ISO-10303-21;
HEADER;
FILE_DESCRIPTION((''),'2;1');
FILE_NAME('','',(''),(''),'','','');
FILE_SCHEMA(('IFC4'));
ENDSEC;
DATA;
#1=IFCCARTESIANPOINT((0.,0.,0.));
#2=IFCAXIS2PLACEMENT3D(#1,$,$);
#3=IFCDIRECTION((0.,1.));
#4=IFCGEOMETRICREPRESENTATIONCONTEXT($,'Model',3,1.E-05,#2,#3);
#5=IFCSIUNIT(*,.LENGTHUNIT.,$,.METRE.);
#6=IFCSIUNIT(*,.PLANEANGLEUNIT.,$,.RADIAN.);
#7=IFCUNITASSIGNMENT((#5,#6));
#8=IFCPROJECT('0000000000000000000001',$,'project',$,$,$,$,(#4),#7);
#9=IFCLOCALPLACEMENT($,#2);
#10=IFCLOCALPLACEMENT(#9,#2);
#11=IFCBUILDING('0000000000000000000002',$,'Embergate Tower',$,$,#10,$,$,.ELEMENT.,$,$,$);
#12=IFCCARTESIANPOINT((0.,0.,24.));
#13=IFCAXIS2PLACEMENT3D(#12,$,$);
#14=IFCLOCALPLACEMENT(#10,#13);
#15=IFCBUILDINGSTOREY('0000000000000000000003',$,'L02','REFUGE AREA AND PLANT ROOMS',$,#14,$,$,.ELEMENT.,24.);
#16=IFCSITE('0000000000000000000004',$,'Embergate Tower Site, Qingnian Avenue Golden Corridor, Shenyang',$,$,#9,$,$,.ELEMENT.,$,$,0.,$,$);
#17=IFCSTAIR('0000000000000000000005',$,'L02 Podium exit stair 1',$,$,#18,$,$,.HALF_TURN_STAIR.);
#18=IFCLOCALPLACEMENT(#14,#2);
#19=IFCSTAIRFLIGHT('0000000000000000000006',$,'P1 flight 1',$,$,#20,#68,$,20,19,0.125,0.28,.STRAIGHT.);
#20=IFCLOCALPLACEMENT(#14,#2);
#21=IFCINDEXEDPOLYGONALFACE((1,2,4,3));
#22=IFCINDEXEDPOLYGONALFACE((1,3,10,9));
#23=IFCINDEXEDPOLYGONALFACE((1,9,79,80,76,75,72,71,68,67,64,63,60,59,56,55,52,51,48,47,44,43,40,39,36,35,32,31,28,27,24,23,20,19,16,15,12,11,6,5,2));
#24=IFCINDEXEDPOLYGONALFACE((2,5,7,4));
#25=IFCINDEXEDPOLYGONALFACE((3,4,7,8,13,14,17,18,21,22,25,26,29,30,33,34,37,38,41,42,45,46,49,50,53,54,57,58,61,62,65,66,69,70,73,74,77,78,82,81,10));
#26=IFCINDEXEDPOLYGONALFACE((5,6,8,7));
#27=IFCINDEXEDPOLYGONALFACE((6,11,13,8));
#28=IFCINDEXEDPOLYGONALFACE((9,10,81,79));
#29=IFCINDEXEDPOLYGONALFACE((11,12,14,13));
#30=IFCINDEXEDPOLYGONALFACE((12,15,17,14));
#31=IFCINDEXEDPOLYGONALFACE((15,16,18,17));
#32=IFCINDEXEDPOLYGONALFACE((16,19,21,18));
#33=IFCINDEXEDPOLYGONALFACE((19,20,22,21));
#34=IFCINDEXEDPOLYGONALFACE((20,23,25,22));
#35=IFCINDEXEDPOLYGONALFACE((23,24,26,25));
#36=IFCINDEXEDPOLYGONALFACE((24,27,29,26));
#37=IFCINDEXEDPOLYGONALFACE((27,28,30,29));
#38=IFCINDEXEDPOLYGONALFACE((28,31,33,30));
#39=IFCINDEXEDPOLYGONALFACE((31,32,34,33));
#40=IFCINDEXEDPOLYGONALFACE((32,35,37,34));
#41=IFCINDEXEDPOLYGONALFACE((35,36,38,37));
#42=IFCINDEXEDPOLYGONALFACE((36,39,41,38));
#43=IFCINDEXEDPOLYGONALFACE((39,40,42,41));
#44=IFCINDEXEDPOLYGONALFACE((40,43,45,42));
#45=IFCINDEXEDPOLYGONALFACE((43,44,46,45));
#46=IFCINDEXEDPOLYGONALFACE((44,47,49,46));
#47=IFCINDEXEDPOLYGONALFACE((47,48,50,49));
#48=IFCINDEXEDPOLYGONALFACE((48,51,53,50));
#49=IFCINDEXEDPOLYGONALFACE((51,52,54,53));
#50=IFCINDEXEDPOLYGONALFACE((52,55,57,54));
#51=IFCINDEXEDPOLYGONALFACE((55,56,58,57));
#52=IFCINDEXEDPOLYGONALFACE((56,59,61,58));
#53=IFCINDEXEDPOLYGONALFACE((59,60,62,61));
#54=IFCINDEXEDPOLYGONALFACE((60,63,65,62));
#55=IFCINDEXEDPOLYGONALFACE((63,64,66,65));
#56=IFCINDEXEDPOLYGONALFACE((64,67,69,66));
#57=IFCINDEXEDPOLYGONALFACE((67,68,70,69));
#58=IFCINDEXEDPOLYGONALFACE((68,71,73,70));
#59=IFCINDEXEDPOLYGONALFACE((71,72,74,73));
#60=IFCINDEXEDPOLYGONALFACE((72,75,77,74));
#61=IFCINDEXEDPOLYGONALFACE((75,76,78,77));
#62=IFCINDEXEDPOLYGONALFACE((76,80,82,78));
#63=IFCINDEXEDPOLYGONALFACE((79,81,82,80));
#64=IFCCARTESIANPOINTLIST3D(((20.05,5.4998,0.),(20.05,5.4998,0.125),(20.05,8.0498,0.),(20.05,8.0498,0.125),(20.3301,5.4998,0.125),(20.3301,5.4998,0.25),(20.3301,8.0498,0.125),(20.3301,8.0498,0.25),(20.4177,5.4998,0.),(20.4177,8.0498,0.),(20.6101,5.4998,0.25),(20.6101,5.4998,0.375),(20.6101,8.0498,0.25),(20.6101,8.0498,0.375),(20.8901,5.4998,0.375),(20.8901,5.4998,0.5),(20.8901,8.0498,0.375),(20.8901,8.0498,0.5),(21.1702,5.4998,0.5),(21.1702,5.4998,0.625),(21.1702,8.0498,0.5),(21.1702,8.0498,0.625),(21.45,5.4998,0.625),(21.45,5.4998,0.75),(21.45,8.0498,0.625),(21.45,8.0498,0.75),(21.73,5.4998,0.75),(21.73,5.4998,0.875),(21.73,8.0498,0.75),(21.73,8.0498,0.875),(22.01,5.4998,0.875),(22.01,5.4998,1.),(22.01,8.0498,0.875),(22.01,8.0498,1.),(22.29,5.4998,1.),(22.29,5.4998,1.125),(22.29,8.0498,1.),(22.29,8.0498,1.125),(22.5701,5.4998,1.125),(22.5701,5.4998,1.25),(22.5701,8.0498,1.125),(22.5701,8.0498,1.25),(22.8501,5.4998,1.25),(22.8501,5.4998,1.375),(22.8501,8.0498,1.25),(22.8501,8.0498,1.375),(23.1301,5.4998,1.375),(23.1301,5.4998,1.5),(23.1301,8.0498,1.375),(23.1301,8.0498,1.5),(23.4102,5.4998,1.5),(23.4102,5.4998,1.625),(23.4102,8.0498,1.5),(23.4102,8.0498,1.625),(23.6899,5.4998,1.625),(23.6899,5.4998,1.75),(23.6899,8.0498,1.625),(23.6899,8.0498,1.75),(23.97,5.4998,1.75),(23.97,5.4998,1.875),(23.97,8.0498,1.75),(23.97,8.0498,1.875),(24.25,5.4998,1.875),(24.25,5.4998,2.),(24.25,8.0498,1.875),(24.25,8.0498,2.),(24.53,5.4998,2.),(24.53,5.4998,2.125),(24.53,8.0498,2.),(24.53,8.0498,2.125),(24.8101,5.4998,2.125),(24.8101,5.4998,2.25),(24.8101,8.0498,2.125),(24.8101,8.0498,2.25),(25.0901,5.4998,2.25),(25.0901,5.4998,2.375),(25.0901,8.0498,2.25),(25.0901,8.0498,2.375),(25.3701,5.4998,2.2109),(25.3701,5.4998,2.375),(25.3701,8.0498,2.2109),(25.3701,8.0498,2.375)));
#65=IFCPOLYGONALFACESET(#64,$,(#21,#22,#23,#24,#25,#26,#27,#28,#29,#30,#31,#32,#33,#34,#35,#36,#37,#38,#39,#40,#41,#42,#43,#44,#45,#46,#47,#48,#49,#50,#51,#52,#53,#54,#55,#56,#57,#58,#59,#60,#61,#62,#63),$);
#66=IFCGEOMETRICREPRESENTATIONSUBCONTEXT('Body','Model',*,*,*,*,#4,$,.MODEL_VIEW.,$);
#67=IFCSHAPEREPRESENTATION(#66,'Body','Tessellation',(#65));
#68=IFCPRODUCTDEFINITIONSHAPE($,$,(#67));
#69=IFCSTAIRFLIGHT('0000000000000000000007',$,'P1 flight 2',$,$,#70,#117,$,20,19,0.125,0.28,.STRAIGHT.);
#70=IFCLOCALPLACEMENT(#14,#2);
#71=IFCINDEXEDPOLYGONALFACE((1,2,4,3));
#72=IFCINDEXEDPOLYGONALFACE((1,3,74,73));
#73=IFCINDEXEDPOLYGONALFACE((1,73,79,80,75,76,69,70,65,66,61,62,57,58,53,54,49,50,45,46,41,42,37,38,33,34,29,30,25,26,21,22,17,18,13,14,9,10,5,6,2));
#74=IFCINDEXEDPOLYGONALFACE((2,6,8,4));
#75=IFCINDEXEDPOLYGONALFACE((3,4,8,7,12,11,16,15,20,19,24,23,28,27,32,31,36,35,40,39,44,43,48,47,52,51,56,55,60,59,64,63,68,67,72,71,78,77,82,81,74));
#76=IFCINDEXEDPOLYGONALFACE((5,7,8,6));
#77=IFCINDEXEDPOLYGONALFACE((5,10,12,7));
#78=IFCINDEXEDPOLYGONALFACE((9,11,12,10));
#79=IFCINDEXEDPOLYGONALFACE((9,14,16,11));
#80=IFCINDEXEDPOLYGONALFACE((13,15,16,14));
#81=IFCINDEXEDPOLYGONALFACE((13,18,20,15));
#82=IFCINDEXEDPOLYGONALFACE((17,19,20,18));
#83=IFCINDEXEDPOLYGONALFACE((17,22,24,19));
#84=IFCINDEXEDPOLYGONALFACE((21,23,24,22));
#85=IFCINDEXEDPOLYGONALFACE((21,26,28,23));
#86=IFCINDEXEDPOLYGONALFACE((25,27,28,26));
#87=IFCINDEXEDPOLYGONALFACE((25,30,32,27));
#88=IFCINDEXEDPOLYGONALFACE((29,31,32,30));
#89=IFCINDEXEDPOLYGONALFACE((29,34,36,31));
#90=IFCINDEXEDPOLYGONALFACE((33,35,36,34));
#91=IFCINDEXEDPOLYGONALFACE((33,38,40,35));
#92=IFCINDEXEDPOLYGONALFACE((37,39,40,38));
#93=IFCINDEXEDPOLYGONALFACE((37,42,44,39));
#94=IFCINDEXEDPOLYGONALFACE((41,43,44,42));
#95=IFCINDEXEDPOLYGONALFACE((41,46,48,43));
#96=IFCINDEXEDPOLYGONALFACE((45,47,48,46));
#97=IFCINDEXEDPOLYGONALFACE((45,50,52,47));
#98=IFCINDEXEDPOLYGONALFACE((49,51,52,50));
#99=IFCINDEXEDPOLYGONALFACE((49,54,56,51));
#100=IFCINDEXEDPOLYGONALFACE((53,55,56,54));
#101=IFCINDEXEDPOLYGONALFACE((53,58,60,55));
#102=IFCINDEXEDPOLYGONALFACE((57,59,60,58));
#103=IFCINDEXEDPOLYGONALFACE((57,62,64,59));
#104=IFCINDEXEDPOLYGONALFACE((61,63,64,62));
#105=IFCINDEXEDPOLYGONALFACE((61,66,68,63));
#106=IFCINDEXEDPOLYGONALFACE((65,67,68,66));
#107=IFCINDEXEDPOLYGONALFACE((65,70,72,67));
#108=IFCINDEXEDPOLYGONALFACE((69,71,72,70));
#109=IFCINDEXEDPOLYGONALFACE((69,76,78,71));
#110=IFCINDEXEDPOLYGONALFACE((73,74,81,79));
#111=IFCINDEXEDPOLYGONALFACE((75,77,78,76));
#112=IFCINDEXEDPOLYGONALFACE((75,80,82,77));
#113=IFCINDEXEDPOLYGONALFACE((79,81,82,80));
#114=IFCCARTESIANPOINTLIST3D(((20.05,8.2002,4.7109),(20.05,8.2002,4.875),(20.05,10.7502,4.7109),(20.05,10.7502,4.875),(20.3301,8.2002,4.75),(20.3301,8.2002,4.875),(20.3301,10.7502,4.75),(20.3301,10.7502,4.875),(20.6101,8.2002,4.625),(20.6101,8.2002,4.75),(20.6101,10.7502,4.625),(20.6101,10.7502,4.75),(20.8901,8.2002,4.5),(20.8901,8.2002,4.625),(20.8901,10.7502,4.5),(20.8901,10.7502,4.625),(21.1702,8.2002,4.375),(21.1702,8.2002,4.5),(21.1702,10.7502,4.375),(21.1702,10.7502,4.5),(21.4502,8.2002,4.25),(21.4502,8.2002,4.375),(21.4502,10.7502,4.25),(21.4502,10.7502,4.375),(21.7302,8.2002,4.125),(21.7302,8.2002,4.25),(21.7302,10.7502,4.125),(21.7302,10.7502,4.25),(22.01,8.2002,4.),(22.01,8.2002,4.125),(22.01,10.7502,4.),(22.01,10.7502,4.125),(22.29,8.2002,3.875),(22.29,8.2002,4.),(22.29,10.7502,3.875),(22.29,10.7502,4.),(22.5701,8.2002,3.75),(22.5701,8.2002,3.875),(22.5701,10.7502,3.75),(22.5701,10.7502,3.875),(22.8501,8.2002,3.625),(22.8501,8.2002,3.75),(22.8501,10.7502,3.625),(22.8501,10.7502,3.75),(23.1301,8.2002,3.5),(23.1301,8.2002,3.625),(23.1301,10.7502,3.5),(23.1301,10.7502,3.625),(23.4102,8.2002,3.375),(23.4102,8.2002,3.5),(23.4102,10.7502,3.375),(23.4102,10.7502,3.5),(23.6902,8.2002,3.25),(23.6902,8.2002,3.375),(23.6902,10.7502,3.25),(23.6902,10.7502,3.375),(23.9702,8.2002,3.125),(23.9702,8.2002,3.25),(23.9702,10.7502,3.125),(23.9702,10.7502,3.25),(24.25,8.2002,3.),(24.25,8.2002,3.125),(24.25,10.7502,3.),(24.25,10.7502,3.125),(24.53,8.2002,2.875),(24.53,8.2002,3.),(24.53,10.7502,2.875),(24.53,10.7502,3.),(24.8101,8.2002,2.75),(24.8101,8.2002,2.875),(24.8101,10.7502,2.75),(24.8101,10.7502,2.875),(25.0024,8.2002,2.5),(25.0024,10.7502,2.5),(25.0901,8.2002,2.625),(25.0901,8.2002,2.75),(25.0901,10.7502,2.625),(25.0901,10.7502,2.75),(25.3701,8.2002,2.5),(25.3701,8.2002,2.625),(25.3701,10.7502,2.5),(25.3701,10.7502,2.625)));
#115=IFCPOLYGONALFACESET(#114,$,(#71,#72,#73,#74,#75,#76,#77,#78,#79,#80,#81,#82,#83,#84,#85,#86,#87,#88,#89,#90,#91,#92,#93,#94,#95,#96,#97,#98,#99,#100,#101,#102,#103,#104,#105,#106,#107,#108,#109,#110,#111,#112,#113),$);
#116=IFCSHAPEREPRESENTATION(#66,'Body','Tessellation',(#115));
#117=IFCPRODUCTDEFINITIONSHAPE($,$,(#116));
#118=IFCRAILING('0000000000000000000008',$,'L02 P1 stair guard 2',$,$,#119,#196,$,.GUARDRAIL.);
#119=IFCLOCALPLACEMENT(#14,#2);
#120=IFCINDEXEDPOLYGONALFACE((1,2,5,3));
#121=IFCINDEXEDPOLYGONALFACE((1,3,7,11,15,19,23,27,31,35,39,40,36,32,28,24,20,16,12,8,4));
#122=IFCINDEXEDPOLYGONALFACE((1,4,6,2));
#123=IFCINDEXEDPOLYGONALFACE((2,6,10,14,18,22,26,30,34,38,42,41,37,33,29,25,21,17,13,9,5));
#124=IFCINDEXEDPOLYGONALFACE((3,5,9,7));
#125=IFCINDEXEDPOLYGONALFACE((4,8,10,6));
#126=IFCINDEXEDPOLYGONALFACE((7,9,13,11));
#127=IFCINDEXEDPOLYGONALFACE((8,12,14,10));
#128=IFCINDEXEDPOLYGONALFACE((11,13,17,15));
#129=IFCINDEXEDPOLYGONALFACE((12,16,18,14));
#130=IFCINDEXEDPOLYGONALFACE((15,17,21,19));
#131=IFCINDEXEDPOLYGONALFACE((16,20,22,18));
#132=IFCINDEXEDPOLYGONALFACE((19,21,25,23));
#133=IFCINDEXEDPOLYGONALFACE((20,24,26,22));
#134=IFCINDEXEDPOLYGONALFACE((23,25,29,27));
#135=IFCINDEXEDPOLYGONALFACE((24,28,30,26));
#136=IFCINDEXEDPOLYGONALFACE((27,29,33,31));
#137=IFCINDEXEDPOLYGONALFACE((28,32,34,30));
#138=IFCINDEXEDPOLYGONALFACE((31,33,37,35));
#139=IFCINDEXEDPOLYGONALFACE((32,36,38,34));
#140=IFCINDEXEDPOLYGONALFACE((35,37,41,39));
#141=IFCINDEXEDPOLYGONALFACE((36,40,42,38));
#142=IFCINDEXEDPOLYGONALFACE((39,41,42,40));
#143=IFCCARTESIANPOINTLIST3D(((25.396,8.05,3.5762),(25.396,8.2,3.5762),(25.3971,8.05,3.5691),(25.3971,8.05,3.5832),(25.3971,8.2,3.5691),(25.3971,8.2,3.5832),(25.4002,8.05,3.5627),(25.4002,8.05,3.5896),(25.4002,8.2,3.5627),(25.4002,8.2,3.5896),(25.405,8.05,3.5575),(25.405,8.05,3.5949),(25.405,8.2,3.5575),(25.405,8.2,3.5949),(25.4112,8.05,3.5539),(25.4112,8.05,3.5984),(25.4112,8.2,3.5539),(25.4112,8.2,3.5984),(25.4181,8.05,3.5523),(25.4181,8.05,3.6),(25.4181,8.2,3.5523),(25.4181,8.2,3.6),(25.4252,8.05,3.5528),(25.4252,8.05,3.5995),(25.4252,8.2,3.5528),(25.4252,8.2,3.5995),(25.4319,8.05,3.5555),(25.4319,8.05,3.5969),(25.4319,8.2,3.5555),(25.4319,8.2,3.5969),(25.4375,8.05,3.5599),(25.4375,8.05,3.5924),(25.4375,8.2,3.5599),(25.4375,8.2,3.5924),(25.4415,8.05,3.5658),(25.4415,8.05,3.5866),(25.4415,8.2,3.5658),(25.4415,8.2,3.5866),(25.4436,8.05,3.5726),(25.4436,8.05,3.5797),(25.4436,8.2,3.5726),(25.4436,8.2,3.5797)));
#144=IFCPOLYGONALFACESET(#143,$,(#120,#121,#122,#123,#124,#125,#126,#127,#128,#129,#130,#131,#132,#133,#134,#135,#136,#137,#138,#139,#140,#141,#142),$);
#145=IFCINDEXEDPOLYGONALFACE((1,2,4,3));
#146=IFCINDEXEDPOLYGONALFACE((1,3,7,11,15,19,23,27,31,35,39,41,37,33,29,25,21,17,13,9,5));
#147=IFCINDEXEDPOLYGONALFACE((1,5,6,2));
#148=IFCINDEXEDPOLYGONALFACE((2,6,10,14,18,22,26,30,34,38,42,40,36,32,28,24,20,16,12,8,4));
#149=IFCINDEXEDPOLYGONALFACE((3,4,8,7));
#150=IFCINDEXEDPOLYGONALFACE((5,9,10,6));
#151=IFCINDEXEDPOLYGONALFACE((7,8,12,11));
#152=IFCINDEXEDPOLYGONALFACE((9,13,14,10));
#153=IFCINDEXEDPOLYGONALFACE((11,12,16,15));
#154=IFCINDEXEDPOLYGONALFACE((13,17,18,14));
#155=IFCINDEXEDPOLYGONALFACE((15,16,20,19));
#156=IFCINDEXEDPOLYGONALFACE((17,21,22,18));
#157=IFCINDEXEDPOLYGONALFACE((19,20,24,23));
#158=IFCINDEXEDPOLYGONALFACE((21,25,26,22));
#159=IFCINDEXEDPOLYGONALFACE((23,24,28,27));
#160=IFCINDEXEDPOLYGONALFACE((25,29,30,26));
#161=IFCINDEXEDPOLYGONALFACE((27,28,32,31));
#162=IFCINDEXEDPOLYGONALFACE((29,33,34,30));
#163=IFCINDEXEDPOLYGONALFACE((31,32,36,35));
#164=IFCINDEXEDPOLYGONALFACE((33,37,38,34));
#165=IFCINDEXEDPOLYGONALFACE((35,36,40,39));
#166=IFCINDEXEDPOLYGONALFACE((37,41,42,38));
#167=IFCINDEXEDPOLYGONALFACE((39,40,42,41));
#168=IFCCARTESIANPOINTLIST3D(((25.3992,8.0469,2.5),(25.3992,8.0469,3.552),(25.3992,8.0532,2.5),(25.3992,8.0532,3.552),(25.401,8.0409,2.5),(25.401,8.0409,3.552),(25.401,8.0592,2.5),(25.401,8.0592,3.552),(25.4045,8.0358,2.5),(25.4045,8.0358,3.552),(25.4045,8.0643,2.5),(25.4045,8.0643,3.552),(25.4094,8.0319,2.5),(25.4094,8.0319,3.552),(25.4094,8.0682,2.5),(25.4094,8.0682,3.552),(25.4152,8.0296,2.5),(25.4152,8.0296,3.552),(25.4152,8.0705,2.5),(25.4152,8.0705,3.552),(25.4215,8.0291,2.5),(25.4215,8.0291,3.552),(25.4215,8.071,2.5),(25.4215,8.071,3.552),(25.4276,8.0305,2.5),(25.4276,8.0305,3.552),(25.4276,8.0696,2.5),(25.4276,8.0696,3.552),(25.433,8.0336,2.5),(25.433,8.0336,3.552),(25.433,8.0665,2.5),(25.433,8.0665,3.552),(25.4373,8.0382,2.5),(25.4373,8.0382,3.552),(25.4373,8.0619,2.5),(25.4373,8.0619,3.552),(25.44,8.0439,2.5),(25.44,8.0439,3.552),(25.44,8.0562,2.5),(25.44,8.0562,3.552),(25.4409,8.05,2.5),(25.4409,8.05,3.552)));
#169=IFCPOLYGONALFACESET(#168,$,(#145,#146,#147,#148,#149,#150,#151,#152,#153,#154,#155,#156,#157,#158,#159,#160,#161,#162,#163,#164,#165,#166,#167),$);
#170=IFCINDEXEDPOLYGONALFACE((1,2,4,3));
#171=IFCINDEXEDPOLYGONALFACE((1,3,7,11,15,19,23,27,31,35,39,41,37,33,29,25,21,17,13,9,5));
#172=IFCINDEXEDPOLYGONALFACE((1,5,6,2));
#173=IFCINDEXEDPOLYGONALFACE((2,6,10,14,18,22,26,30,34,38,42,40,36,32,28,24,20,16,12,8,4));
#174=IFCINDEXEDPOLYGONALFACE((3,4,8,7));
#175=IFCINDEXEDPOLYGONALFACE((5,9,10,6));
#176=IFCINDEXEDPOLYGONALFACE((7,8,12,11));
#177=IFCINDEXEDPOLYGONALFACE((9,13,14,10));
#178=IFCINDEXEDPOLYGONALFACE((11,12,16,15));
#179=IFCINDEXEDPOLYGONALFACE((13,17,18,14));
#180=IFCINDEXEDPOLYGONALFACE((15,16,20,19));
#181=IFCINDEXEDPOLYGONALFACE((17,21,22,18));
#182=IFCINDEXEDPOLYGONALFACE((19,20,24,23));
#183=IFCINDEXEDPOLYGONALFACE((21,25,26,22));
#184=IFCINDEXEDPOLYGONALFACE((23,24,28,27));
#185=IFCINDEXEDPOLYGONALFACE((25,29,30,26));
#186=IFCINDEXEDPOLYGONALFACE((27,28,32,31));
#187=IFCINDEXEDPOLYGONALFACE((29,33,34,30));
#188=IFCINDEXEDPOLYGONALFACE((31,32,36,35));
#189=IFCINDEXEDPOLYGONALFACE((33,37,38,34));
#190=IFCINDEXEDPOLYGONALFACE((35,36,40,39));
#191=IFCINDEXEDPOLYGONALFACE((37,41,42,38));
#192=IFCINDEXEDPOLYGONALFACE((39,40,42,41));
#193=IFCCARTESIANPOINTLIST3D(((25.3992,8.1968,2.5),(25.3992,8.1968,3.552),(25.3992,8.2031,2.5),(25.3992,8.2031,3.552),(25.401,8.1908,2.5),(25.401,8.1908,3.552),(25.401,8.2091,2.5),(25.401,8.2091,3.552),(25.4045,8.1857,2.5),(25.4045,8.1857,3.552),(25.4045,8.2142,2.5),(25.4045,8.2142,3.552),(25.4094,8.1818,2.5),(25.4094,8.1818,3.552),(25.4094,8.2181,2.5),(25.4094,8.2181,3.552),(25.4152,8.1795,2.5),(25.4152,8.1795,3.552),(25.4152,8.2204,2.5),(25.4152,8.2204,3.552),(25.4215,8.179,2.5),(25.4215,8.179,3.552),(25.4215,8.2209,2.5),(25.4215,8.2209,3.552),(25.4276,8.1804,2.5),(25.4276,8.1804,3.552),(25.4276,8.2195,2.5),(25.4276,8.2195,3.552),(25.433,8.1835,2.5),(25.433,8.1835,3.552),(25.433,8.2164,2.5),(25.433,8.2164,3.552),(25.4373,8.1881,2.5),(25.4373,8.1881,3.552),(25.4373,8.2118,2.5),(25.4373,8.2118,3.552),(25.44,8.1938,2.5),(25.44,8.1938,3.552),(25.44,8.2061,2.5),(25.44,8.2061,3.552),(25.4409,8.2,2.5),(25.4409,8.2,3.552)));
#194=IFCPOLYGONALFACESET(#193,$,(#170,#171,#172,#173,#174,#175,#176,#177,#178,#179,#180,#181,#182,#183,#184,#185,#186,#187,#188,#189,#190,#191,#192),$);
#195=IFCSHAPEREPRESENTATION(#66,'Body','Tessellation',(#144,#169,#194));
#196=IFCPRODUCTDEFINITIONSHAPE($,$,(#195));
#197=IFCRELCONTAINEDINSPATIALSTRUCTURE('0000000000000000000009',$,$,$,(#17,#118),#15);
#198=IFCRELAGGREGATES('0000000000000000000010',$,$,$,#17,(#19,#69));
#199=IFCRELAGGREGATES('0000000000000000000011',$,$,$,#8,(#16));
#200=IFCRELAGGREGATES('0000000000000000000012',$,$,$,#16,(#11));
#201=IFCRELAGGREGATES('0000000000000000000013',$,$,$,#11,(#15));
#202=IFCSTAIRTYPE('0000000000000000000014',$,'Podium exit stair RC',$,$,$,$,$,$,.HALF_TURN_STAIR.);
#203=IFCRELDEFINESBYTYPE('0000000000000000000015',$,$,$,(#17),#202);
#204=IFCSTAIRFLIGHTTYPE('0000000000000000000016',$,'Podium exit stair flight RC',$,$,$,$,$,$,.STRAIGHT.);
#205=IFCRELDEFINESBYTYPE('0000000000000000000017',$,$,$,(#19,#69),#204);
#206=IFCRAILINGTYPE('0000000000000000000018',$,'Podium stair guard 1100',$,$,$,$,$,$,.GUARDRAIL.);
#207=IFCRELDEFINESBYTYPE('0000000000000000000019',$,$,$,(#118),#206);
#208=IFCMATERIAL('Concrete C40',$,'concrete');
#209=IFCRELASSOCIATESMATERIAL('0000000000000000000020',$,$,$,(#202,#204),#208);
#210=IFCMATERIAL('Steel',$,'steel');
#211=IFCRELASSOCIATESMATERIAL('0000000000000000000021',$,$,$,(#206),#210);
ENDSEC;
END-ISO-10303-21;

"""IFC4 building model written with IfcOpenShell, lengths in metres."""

from ifc_helpers import new_model, si_unit, direction, frame, origin, origin_2d, place, context, subcontext, project, spatial, polyline, circle, outline, extrude, source, transform, mapped, material, type_object, element, aggregate, save


model = new_model("IFC4")

# Units and contexts
model_context = context("Model", 3, precision=1e-05, world=origin(), true_north=direction((0.0, 1.0)))
body_context = subcontext(model_context, "Body", "Model", "MODEL_VIEW")
ifc_project = project(units=[si_unit("LENGTHUNIT", "METRE"), si_unit("PLANEANGLEUNIT", "RADIAN")], contexts=[model_context])

# Site, building, storey
site_placement = place(None, origin())
site = spatial("IfcSite", under=ifc_project, at=site_placement, Name="Embergate Tower Site, Qingnian Avenue Golden Corridor, Shenyang", CompositionType="ELEMENT", RefElevation=0.0)
building_placement = place(site_placement, origin())
building = spatial("IfcBuilding", under=site, at=building_placement, Name="Embergate Tower", CompositionType="ELEMENT")
storey_placement = place(building_placement, frame((0.0, 0.0, 24.0)))
storey = spatial("IfcBuildingStorey", under=building, at=storey_placement, Name="L02", Description="REFUGE AREA AND PLANT ROOMS", CompositionType="ELEMENT", Elevation=24.0)

# Stair
ifc_material_1 = material(Name="Concrete C40", Category="concrete")
stair_type = type_object("IfcStairType", Name="Podium exit stair RC", PredefinedType="HALF_TURN_STAIR", material=ifc_material_1)
stair_placement = place(storey_placement, origin())
stair = element("IfcStair", 1, at=stair_placement, inside=storey, type_object=stair_type, Name="L02 Podium exit stair 1", PredefinedType="HALF_TURN_STAIR")

# Stair flights
stair_flight_type = type_object("IfcStairFlightType", Name="Podium exit stair flight RC", PredefinedType="STRAIGHT", material=ifc_material_1)
shared_shape_1 = source(origin(), body_context, "Body", "SweptSolid", [
    extrude(outline(polyline([(0.0, 0.0), (0.0, 0.125), (0.28, 0.125), (0.28, 0.25), (0.5601, 0.25), (0.5601, 0.375), (0.8401, 0.375), (0.8401, 0.5), (1.1201, 0.5), (1.1201, 0.625), (1.3999, 0.625), (1.3999, 0.75), (1.6799, 0.75), (1.6799, 0.875), (1.96, 0.875), (1.96, 1.0), (2.24, 1.0), (2.24, 1.125), (2.52, 1.125), (2.52, 1.25), (2.8, 1.25), (2.8, 1.375), (3.0801, 1.375), (3.0801, 1.5), (3.3601, 1.5), (3.3601, 1.625), (3.6399, 1.625), (3.6399, 1.75), (3.9199, 1.75), (3.9199, 1.875), (4.2, 1.875), (4.2, 2.0), (4.48, 2.0), (4.48, 2.125), (4.76, 2.125), (4.76, 2.25), (5.04, 2.25), (5.04, 2.375), (5.3201, 2.375), (5.3201, 2.5), (5.3201, 2.2109), (0.3677, 0.0), (0.0, 0.0)])), frame((0.0, 1.2749, 0.0), z_axis=(0.0, -1.0, 0.0), x_axis=(1.0, 0.0, 0.0)), (0.0, 0.0, 1.0), 2.55),
])
stair_flight_1_placement = place(storey_placement, frame((20.05, 6.7749, 0.0), z_axis=(0.0, 0.0, 1.0), x_axis=(1.0, 0.0, 0.0)))
stair_flight_1 = element("IfcStairFlight", 2, at=stair_flight_1_placement, type_object=stair_flight_type, Name="P1 flight 1", NumberOfRisers=20, NumberOfTreads=19, PredefinedType="STRAIGHT", RiserHeight=0.125, TreadLength=0.28, context=body_context, shape_type="MappedRepresentation", body=[
    mapped(shared_shape_1, transform((0.0, 0.0, 0.0))),
])
stair_flight_2_placement = place(storey_placement, frame((25.3701, 9.4751, 2.5), z_axis=(0.0, 0.0, 1.0), x_axis=(-1.0, 0.0, 0.0)))
stair_flight_2 = element("IfcStairFlight", 3, at=stair_flight_2_placement, type_object=stair_flight_type, Name="P1 flight 2", NumberOfRisers=20, NumberOfTreads=19, PredefinedType="STRAIGHT", RiserHeight=0.125, TreadLength=0.28, context=body_context, shape_type="MappedRepresentation", body=[
    mapped(shared_shape_1, transform((0.0, 0.0, 0.0))),
])
aggregate(stair, [stair_flight_1, stair_flight_2])

# Railing
ifc_material_2 = material(Name="Steel", Category="steel")
railing_type_1 = type_object("IfcRailingType", Name="Podium stair guard 1100", PredefinedType="GUARDRAIL", material=ifc_material_2)
shared_shape_2 = source(origin(), body_context, "Body", "SweptSolid", [
    extrude(circle(Radius=0.0239, at=origin_2d()), frame((0.0, 0.0, 1.0762), z_axis=(0.0, 1.0, 0.0), x_axis=(-1.0, 0.0, 0.0)), (0.0, 0.0, 1.0), 0.1499),
    extrude(circle(Radius=0.021, at=origin_2d()), origin(), (0.0, 0.0, 1.0), 1.052),
    extrude(circle(Radius=0.021, at=origin_2d()), frame((0.0, 0.1499, 0.0)), (0.0, 0.0, 1.0), 1.052),
])
for number, where, name in (
    (4, (25.4199, 8.05, 2.5), "L02 P1 stair guard 2"),
):
    element("IfcRailing", number, at=place(storey_placement, frame(where)), inside=storey, type_object=railing_type_1, Name=name, PredefinedType="GUARDRAIL", context=body_context, shape_type="MappedRepresentation", body=[
        mapped(shared_shape_2, transform((0.0, 0.0, 0.0))),
    ])

save(model, "model.ifc")
